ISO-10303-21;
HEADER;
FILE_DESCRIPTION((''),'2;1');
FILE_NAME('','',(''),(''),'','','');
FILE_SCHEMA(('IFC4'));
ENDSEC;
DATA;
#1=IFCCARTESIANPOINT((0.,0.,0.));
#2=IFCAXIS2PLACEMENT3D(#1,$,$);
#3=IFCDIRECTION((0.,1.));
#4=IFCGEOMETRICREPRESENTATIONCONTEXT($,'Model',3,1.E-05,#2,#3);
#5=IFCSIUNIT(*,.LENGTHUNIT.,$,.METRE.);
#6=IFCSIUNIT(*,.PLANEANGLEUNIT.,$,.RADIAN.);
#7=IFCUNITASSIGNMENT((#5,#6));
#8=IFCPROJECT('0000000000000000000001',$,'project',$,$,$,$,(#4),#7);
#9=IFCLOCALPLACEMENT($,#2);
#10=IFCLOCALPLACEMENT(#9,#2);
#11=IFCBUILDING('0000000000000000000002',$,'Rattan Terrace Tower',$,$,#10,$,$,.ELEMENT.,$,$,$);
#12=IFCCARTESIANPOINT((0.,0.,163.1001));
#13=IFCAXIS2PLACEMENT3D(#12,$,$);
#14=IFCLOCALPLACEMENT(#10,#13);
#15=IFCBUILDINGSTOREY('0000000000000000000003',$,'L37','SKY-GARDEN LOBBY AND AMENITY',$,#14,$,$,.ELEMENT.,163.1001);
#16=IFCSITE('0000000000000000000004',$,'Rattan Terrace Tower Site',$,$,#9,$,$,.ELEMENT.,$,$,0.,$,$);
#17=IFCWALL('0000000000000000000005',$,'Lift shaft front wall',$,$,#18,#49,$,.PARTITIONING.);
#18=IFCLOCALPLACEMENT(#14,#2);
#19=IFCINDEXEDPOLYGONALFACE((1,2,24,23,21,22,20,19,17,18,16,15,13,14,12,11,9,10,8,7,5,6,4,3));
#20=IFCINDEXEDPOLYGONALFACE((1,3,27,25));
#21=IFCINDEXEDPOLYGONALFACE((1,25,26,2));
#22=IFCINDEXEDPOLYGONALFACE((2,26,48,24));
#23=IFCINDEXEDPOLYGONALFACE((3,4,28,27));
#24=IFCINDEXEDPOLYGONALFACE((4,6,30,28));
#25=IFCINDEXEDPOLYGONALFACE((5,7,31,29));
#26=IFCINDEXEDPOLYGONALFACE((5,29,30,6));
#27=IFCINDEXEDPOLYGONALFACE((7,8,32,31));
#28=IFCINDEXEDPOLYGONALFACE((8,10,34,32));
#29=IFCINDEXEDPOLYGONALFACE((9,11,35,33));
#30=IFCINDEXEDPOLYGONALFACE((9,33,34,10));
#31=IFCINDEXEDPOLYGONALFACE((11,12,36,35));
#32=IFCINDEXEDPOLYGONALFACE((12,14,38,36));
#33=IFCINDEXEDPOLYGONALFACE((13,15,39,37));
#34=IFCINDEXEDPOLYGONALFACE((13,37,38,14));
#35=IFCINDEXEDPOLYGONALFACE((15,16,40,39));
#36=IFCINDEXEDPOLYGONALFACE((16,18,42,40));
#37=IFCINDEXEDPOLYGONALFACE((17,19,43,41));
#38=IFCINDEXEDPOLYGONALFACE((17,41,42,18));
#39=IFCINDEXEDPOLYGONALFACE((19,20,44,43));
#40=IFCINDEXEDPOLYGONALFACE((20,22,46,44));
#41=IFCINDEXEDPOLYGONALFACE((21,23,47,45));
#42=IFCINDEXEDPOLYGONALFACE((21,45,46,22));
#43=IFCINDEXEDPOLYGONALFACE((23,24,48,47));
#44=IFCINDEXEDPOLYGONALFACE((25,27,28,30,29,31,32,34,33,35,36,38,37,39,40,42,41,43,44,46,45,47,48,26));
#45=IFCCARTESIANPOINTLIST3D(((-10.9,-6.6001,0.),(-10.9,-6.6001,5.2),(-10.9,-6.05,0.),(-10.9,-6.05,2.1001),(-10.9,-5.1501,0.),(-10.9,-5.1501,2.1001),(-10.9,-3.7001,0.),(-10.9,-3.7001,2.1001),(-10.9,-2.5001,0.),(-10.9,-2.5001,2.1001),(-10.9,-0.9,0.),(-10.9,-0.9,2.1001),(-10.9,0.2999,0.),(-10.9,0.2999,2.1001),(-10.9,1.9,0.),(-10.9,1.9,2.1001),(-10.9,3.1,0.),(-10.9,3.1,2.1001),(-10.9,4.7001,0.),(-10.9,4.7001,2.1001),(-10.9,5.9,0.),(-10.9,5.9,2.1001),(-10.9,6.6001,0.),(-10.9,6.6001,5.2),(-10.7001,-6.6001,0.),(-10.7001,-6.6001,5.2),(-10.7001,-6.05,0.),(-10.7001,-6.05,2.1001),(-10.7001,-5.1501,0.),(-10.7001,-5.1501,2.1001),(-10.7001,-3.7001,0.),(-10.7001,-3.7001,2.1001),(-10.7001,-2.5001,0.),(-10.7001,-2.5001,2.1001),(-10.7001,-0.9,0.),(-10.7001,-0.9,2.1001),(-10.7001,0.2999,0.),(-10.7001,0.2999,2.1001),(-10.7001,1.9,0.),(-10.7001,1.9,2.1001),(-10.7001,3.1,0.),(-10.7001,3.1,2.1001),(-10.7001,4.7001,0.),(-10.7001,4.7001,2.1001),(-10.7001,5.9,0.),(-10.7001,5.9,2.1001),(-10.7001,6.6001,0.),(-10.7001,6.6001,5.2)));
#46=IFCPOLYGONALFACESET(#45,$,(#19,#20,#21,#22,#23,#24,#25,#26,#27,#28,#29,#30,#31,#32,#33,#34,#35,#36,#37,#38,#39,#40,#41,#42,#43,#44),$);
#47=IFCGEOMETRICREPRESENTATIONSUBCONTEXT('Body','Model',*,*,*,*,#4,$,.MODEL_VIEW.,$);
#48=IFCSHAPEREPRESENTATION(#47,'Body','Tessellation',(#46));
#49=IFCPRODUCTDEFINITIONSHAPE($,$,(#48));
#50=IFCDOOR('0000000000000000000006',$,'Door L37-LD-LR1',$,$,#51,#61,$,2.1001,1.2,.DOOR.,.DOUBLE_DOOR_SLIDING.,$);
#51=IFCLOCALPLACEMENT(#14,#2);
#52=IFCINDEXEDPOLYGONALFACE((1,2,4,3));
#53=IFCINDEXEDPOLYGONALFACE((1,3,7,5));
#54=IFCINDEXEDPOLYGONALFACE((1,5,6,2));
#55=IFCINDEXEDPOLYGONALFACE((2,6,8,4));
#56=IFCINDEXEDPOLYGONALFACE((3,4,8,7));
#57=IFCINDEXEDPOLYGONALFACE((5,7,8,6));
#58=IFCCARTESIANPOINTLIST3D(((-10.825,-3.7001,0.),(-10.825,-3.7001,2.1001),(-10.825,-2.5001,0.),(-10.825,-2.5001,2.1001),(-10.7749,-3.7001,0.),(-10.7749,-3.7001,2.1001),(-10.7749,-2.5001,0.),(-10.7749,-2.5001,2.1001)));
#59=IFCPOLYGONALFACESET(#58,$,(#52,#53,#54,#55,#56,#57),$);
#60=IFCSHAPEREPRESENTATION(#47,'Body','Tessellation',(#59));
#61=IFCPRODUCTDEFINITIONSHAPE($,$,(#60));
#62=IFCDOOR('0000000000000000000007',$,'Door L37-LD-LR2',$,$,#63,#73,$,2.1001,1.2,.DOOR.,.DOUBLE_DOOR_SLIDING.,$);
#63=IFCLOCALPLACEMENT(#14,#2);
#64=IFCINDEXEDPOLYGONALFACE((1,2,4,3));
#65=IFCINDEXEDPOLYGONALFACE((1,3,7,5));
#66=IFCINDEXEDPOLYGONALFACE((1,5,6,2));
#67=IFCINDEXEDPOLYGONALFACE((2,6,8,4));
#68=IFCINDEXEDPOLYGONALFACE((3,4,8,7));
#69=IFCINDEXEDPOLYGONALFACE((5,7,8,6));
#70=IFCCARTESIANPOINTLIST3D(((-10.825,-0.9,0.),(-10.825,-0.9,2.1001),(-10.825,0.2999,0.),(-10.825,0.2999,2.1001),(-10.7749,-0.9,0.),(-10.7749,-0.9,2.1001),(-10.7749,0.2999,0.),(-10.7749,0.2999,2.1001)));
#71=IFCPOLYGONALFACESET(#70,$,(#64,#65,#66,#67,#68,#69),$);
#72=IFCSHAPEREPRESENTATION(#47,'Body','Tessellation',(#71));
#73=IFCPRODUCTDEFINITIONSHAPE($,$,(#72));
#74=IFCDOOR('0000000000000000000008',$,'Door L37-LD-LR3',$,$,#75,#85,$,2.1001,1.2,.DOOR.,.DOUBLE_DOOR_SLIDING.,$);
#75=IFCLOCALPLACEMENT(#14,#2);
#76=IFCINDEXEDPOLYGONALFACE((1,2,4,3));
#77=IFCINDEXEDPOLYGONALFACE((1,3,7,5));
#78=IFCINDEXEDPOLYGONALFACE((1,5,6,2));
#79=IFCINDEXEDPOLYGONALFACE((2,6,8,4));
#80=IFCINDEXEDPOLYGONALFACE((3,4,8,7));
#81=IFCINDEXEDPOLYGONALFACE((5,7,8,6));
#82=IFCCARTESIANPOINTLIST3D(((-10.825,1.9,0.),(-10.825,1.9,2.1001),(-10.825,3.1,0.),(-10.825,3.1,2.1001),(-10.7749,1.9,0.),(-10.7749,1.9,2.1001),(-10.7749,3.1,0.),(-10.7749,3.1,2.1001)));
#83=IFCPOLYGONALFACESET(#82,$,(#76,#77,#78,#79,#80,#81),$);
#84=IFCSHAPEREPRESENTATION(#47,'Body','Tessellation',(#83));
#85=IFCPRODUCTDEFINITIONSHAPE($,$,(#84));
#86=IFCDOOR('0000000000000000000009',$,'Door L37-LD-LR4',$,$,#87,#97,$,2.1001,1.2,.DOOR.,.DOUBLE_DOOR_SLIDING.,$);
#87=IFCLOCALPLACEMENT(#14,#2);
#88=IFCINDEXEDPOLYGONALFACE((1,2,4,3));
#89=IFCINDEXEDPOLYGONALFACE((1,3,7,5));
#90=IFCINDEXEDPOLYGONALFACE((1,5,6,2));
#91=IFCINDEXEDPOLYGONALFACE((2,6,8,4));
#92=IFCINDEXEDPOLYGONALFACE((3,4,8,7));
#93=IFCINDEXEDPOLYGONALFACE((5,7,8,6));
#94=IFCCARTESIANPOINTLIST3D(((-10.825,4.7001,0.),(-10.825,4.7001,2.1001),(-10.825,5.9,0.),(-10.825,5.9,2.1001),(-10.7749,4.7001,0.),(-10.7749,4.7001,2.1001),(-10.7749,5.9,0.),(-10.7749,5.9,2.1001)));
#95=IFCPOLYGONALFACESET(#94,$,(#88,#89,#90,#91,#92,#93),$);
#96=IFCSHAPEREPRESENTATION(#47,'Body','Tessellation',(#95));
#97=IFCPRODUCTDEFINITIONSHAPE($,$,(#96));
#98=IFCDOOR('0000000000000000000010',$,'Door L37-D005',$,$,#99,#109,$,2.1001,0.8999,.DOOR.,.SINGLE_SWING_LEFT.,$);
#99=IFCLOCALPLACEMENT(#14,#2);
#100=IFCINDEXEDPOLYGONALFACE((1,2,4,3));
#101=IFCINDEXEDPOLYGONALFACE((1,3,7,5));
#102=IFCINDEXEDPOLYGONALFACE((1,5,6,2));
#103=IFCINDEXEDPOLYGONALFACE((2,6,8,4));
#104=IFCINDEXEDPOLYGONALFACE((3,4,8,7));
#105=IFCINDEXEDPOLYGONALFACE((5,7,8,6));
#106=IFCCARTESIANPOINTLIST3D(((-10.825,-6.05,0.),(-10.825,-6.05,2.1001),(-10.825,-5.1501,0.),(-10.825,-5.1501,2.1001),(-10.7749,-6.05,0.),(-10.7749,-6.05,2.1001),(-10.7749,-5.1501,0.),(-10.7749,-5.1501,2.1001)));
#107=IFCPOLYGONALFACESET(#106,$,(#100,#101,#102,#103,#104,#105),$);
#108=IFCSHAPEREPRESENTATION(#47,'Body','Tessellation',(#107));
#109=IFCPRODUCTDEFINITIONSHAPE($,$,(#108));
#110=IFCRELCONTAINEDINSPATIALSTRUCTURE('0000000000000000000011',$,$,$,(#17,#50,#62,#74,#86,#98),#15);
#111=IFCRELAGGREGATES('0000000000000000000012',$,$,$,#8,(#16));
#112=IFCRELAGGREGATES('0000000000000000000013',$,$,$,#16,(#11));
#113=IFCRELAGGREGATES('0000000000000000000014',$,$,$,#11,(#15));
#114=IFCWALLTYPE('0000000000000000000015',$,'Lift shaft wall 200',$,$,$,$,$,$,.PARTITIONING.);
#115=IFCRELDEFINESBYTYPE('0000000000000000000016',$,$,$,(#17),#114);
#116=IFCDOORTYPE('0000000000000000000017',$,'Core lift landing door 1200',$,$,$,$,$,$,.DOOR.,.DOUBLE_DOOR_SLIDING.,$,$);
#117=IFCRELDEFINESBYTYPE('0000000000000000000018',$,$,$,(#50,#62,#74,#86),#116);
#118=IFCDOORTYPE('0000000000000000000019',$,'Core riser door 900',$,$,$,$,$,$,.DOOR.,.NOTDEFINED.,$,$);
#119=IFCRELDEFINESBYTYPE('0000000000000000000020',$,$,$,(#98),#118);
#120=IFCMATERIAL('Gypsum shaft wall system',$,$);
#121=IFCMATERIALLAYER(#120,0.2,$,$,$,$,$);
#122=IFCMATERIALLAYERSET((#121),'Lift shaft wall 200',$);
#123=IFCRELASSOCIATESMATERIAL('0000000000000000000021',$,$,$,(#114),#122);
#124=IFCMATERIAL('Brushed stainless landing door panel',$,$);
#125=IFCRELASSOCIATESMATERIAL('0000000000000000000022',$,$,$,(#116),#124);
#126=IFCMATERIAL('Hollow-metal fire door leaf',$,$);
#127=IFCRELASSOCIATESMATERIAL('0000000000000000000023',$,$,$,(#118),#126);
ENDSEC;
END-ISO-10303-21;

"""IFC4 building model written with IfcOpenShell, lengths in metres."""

from ifc_helpers import new_model, si_unit, direction, frame, frame_2d, origin, place, context, subcontext, project, spatial, rectangle, extrude, material, layer, layer_set, type_object, element, fill, save


model = new_model("IFC4")

# Units and contexts
model_context = context("Model", 3, precision=1e-05, world=origin(), true_north=direction((0.0, 1.0)))
body_context = subcontext(model_context, "Body", "Model", "MODEL_VIEW")
ifc_project = project(units=[si_unit("LENGTHUNIT", "METRE"), si_unit("PLANEANGLEUNIT", "RADIAN")], contexts=[model_context])

# Site, building, storey
site_placement = place(None, origin())
site = spatial("IfcSite", under=ifc_project, at=site_placement, Name="Rattan Terrace Tower Site", CompositionType="ELEMENT", RefElevation=0.0)
building_placement = place(site_placement, origin())
building = spatial("IfcBuilding", under=site, at=building_placement, Name="Rattan Terrace Tower", CompositionType="ELEMENT")
storey_placement = place(building_placement, frame((0.0, 0.0, 163.1001)))
storey = spatial("IfcBuildingStorey", under=building, at=storey_placement, Name="L37", Description="SKY-GARDEN LOBBY AND AMENITY", CompositionType="ELEMENT", Elevation=163.1001)

# Wall, openings, doors
ifc_material_1 = material(Name="Gypsum shaft wall system")
ifc_layer_1 = layer(ifc_material_1, 0.2)
ifc_layer_set_1 = layer_set([ifc_layer_1], Name="Lift shaft wall 200")
wall_type_1 = type_object("IfcWallType", Name="Lift shaft wall 200", PredefinedType="PARTITIONING", material=ifc_layer_set_1)
wall_1_placement = place(storey_placement, frame((-10.8, -6.6001, 0.0), z_axis=(0.0, 0.0, 1.0), x_axis=(0.0, 1.0, 0.0)))
wall_1 = element("IfcWall", 1, at=wall_1_placement, inside=storey, type_object=wall_type_1, Name="Lift shaft front wall", PredefinedType="PARTITIONING", context=body_context, shape_type="SweptSolid", body=[
    extrude(rectangle(XDim=13.2002, YDim=0.2, at=frame_2d((6.6001, 0.0))), origin(), (0.0, 0.0, 1.0), 5.2),
])
opening_1_placement = place(wall_1_placement, frame((0.55, 0.0, 0.0)))
opening_1 = element("IfcOpeningElement", 2, at=opening_1_placement, cuts=wall_1, PredefinedType="OPENING", context=body_context, shape_type="SweptSolid", body=[
    extrude(rectangle(XDim=0.8999, YDim=2.1001, at=frame_2d((0.45, 1.05))), frame((0.0, 0.1106, 0.0), z_axis=(0.0, -1.0, 0.0), x_axis=(1.0, 0.0, 0.0)), (0.0, 0.0, 1.0), 0.2209),
])
opening_2_placement = place(wall_1_placement, frame((2.8999, 0.0, 0.0)))
opening_2 = element("IfcOpeningElement", 3, at=opening_2_placement, cuts=wall_1, PredefinedType="OPENING", context=body_context, shape_type="SweptSolid", body=[
    extrude(rectangle(XDim=1.2, YDim=2.1001, at=frame_2d((0.6001, 1.05))), frame((0.0, 0.1106, 0.0), z_axis=(0.0, -1.0, 0.0), x_axis=(1.0, 0.0, 0.0)), (0.0, 0.0, 1.0), 0.2209),
])
opening_3_placement = place(wall_1_placement, frame((5.7, 0.0, 0.0)))
opening_3 = element("IfcOpeningElement", 4, at=opening_3_placement, cuts=wall_1, PredefinedType="OPENING", context=body_context, shape_type="SweptSolid", body=[
    extrude(rectangle(XDim=1.2, YDim=2.1001, at=frame_2d((0.6001, 1.05))), frame((0.0, 0.1106, 0.0), z_axis=(0.0, -1.0, 0.0), x_axis=(1.0, 0.0, 0.0)), (0.0, 0.0, 1.0), 0.2209),
])
opening_4_placement = place(wall_1_placement, frame((8.5, 0.0, 0.0)))
opening_4 = element("IfcOpeningElement", 5, at=opening_4_placement, cuts=wall_1, PredefinedType="OPENING", context=body_context, shape_type="SweptSolid", body=[
    extrude(rectangle(XDim=1.2, YDim=2.1001, at=frame_2d((0.6001, 1.05))), frame((0.0, 0.1106, 0.0), z_axis=(0.0, -1.0, 0.0), x_axis=(1.0, 0.0, 0.0)), (0.0, 0.0, 1.0), 0.2209),
])
opening_5_placement = place(wall_1_placement, frame((11.3, 0.0, 0.0)))
opening_5 = element("IfcOpeningElement", 6, at=opening_5_placement, cuts=wall_1, PredefinedType="OPENING", context=body_context, shape_type="SweptSolid", body=[
    extrude(rectangle(XDim=1.2, YDim=2.1001, at=frame_2d((0.6001, 1.05))), frame((0.0, 0.1106, 0.0), z_axis=(0.0, -1.0, 0.0), x_axis=(1.0, 0.0, 0.0)), (0.0, 0.0, 1.0), 0.2209),
])
ifc_material_2 = material(Name="Brushed stainless landing door panel")
door_type_1 = type_object("IfcDoorType", Name="Core lift landing door 1200", OperationType="DOUBLE_DOOR_SLIDING", PredefinedType="DOOR", material=ifc_material_2)
door_1_placement = place(opening_2_placement, origin())
door_1 = element("IfcDoor", 7, at=door_1_placement, inside=storey, type_object=door_type_1, Name="Door L37-LD-LR1", OperationType="DOUBLE_DOOR_SLIDING", OverallHeight=2.1001, OverallWidth=1.2, PredefinedType="DOOR", context=body_context, shape_type="SweptSolid", body=[
    extrude(rectangle(XDim=1.2, YDim=2.1001, at=frame_2d((0.6001, 1.05))), frame((0.0, 0.0249, 0.0), z_axis=(0.0, -1.0, 0.0), x_axis=(1.0, 0.0, 0.0)), (0.0, 0.0, 1.0), 0.05),
])
fill(opening_2, door_1)
door_2_placement = place(opening_3_placement, origin())
door_2 = element("IfcDoor", 8, at=door_2_placement, inside=storey, type_object=door_type_1, Name="Door L37-LD-LR2", OperationType="DOUBLE_DOOR_SLIDING", OverallHeight=2.1001, OverallWidth=1.2, PredefinedType="DOOR", context=body_context, shape_type="SweptSolid", body=[
    extrude(rectangle(XDim=1.2, YDim=2.1001, at=frame_2d((0.6001, 1.05))), frame((0.0, 0.0249, 0.0), z_axis=(0.0, -1.0, 0.0), x_axis=(1.0, 0.0, 0.0)), (0.0, 0.0, 1.0), 0.05),
])
fill(opening_3, door_2)
door_3_placement = place(opening_4_placement, origin())
door_3 = element("IfcDoor", 9, at=door_3_placement, inside=storey, type_object=door_type_1, Name="Door L37-LD-LR3", OperationType="DOUBLE_DOOR_SLIDING", OverallHeight=2.1001, OverallWidth=1.2, PredefinedType="DOOR", context=body_context, shape_type="SweptSolid", body=[
    extrude(rectangle(XDim=1.2, YDim=2.1001, at=frame_2d((0.6001, 1.05))), frame((0.0, 0.0249, 0.0), z_axis=(0.0, -1.0, 0.0), x_axis=(1.0, 0.0, 0.0)), (0.0, 0.0, 1.0), 0.05),
])
fill(opening_4, door_3)
door_4_placement = place(opening_5_placement, origin())
door_4 = element("IfcDoor", 10, at=door_4_placement, inside=storey, type_object=door_type_1, Name="Door L37-LD-LR4", OperationType="DOUBLE_DOOR_SLIDING", OverallHeight=2.1001, OverallWidth=1.2, PredefinedType="DOOR", context=body_context, shape_type="SweptSolid", body=[
    extrude(rectangle(XDim=1.2, YDim=2.1001, at=frame_2d((0.6001, 1.05))), frame((0.0, 0.0249, 0.0), z_axis=(0.0, -1.0, 0.0), x_axis=(1.0, 0.0, 0.0)), (0.0, 0.0, 1.0), 0.05),
])
fill(opening_5, door_4)
ifc_material_3 = material(Name="Hollow-metal fire door leaf")
door_type_2 = type_object("IfcDoorType", Name="Core riser door 900", OperationType="NOTDEFINED", PredefinedType="DOOR", material=ifc_material_3)
door_5_placement = place(opening_1_placement, origin())
door_5 = element("IfcDoor", 11, at=door_5_placement, inside=storey, type_object=door_type_2, Name="Door L37-D005", OperationType="SINGLE_SWING_LEFT", OverallHeight=2.1001, OverallWidth=0.8999, PredefinedType="DOOR", context=body_context, shape_type="SweptSolid", body=[
    extrude(rectangle(XDim=0.8999, YDim=2.1001, at=frame_2d((0.45, 1.05))), frame((0.0, 0.0249, 0.0), z_axis=(0.0, -1.0, 0.0), x_axis=(1.0, 0.0, 0.0)), (0.0, 0.0, 1.0), 0.05),
])
fill(opening_1, door_5)

save(model, "model.ifc")
